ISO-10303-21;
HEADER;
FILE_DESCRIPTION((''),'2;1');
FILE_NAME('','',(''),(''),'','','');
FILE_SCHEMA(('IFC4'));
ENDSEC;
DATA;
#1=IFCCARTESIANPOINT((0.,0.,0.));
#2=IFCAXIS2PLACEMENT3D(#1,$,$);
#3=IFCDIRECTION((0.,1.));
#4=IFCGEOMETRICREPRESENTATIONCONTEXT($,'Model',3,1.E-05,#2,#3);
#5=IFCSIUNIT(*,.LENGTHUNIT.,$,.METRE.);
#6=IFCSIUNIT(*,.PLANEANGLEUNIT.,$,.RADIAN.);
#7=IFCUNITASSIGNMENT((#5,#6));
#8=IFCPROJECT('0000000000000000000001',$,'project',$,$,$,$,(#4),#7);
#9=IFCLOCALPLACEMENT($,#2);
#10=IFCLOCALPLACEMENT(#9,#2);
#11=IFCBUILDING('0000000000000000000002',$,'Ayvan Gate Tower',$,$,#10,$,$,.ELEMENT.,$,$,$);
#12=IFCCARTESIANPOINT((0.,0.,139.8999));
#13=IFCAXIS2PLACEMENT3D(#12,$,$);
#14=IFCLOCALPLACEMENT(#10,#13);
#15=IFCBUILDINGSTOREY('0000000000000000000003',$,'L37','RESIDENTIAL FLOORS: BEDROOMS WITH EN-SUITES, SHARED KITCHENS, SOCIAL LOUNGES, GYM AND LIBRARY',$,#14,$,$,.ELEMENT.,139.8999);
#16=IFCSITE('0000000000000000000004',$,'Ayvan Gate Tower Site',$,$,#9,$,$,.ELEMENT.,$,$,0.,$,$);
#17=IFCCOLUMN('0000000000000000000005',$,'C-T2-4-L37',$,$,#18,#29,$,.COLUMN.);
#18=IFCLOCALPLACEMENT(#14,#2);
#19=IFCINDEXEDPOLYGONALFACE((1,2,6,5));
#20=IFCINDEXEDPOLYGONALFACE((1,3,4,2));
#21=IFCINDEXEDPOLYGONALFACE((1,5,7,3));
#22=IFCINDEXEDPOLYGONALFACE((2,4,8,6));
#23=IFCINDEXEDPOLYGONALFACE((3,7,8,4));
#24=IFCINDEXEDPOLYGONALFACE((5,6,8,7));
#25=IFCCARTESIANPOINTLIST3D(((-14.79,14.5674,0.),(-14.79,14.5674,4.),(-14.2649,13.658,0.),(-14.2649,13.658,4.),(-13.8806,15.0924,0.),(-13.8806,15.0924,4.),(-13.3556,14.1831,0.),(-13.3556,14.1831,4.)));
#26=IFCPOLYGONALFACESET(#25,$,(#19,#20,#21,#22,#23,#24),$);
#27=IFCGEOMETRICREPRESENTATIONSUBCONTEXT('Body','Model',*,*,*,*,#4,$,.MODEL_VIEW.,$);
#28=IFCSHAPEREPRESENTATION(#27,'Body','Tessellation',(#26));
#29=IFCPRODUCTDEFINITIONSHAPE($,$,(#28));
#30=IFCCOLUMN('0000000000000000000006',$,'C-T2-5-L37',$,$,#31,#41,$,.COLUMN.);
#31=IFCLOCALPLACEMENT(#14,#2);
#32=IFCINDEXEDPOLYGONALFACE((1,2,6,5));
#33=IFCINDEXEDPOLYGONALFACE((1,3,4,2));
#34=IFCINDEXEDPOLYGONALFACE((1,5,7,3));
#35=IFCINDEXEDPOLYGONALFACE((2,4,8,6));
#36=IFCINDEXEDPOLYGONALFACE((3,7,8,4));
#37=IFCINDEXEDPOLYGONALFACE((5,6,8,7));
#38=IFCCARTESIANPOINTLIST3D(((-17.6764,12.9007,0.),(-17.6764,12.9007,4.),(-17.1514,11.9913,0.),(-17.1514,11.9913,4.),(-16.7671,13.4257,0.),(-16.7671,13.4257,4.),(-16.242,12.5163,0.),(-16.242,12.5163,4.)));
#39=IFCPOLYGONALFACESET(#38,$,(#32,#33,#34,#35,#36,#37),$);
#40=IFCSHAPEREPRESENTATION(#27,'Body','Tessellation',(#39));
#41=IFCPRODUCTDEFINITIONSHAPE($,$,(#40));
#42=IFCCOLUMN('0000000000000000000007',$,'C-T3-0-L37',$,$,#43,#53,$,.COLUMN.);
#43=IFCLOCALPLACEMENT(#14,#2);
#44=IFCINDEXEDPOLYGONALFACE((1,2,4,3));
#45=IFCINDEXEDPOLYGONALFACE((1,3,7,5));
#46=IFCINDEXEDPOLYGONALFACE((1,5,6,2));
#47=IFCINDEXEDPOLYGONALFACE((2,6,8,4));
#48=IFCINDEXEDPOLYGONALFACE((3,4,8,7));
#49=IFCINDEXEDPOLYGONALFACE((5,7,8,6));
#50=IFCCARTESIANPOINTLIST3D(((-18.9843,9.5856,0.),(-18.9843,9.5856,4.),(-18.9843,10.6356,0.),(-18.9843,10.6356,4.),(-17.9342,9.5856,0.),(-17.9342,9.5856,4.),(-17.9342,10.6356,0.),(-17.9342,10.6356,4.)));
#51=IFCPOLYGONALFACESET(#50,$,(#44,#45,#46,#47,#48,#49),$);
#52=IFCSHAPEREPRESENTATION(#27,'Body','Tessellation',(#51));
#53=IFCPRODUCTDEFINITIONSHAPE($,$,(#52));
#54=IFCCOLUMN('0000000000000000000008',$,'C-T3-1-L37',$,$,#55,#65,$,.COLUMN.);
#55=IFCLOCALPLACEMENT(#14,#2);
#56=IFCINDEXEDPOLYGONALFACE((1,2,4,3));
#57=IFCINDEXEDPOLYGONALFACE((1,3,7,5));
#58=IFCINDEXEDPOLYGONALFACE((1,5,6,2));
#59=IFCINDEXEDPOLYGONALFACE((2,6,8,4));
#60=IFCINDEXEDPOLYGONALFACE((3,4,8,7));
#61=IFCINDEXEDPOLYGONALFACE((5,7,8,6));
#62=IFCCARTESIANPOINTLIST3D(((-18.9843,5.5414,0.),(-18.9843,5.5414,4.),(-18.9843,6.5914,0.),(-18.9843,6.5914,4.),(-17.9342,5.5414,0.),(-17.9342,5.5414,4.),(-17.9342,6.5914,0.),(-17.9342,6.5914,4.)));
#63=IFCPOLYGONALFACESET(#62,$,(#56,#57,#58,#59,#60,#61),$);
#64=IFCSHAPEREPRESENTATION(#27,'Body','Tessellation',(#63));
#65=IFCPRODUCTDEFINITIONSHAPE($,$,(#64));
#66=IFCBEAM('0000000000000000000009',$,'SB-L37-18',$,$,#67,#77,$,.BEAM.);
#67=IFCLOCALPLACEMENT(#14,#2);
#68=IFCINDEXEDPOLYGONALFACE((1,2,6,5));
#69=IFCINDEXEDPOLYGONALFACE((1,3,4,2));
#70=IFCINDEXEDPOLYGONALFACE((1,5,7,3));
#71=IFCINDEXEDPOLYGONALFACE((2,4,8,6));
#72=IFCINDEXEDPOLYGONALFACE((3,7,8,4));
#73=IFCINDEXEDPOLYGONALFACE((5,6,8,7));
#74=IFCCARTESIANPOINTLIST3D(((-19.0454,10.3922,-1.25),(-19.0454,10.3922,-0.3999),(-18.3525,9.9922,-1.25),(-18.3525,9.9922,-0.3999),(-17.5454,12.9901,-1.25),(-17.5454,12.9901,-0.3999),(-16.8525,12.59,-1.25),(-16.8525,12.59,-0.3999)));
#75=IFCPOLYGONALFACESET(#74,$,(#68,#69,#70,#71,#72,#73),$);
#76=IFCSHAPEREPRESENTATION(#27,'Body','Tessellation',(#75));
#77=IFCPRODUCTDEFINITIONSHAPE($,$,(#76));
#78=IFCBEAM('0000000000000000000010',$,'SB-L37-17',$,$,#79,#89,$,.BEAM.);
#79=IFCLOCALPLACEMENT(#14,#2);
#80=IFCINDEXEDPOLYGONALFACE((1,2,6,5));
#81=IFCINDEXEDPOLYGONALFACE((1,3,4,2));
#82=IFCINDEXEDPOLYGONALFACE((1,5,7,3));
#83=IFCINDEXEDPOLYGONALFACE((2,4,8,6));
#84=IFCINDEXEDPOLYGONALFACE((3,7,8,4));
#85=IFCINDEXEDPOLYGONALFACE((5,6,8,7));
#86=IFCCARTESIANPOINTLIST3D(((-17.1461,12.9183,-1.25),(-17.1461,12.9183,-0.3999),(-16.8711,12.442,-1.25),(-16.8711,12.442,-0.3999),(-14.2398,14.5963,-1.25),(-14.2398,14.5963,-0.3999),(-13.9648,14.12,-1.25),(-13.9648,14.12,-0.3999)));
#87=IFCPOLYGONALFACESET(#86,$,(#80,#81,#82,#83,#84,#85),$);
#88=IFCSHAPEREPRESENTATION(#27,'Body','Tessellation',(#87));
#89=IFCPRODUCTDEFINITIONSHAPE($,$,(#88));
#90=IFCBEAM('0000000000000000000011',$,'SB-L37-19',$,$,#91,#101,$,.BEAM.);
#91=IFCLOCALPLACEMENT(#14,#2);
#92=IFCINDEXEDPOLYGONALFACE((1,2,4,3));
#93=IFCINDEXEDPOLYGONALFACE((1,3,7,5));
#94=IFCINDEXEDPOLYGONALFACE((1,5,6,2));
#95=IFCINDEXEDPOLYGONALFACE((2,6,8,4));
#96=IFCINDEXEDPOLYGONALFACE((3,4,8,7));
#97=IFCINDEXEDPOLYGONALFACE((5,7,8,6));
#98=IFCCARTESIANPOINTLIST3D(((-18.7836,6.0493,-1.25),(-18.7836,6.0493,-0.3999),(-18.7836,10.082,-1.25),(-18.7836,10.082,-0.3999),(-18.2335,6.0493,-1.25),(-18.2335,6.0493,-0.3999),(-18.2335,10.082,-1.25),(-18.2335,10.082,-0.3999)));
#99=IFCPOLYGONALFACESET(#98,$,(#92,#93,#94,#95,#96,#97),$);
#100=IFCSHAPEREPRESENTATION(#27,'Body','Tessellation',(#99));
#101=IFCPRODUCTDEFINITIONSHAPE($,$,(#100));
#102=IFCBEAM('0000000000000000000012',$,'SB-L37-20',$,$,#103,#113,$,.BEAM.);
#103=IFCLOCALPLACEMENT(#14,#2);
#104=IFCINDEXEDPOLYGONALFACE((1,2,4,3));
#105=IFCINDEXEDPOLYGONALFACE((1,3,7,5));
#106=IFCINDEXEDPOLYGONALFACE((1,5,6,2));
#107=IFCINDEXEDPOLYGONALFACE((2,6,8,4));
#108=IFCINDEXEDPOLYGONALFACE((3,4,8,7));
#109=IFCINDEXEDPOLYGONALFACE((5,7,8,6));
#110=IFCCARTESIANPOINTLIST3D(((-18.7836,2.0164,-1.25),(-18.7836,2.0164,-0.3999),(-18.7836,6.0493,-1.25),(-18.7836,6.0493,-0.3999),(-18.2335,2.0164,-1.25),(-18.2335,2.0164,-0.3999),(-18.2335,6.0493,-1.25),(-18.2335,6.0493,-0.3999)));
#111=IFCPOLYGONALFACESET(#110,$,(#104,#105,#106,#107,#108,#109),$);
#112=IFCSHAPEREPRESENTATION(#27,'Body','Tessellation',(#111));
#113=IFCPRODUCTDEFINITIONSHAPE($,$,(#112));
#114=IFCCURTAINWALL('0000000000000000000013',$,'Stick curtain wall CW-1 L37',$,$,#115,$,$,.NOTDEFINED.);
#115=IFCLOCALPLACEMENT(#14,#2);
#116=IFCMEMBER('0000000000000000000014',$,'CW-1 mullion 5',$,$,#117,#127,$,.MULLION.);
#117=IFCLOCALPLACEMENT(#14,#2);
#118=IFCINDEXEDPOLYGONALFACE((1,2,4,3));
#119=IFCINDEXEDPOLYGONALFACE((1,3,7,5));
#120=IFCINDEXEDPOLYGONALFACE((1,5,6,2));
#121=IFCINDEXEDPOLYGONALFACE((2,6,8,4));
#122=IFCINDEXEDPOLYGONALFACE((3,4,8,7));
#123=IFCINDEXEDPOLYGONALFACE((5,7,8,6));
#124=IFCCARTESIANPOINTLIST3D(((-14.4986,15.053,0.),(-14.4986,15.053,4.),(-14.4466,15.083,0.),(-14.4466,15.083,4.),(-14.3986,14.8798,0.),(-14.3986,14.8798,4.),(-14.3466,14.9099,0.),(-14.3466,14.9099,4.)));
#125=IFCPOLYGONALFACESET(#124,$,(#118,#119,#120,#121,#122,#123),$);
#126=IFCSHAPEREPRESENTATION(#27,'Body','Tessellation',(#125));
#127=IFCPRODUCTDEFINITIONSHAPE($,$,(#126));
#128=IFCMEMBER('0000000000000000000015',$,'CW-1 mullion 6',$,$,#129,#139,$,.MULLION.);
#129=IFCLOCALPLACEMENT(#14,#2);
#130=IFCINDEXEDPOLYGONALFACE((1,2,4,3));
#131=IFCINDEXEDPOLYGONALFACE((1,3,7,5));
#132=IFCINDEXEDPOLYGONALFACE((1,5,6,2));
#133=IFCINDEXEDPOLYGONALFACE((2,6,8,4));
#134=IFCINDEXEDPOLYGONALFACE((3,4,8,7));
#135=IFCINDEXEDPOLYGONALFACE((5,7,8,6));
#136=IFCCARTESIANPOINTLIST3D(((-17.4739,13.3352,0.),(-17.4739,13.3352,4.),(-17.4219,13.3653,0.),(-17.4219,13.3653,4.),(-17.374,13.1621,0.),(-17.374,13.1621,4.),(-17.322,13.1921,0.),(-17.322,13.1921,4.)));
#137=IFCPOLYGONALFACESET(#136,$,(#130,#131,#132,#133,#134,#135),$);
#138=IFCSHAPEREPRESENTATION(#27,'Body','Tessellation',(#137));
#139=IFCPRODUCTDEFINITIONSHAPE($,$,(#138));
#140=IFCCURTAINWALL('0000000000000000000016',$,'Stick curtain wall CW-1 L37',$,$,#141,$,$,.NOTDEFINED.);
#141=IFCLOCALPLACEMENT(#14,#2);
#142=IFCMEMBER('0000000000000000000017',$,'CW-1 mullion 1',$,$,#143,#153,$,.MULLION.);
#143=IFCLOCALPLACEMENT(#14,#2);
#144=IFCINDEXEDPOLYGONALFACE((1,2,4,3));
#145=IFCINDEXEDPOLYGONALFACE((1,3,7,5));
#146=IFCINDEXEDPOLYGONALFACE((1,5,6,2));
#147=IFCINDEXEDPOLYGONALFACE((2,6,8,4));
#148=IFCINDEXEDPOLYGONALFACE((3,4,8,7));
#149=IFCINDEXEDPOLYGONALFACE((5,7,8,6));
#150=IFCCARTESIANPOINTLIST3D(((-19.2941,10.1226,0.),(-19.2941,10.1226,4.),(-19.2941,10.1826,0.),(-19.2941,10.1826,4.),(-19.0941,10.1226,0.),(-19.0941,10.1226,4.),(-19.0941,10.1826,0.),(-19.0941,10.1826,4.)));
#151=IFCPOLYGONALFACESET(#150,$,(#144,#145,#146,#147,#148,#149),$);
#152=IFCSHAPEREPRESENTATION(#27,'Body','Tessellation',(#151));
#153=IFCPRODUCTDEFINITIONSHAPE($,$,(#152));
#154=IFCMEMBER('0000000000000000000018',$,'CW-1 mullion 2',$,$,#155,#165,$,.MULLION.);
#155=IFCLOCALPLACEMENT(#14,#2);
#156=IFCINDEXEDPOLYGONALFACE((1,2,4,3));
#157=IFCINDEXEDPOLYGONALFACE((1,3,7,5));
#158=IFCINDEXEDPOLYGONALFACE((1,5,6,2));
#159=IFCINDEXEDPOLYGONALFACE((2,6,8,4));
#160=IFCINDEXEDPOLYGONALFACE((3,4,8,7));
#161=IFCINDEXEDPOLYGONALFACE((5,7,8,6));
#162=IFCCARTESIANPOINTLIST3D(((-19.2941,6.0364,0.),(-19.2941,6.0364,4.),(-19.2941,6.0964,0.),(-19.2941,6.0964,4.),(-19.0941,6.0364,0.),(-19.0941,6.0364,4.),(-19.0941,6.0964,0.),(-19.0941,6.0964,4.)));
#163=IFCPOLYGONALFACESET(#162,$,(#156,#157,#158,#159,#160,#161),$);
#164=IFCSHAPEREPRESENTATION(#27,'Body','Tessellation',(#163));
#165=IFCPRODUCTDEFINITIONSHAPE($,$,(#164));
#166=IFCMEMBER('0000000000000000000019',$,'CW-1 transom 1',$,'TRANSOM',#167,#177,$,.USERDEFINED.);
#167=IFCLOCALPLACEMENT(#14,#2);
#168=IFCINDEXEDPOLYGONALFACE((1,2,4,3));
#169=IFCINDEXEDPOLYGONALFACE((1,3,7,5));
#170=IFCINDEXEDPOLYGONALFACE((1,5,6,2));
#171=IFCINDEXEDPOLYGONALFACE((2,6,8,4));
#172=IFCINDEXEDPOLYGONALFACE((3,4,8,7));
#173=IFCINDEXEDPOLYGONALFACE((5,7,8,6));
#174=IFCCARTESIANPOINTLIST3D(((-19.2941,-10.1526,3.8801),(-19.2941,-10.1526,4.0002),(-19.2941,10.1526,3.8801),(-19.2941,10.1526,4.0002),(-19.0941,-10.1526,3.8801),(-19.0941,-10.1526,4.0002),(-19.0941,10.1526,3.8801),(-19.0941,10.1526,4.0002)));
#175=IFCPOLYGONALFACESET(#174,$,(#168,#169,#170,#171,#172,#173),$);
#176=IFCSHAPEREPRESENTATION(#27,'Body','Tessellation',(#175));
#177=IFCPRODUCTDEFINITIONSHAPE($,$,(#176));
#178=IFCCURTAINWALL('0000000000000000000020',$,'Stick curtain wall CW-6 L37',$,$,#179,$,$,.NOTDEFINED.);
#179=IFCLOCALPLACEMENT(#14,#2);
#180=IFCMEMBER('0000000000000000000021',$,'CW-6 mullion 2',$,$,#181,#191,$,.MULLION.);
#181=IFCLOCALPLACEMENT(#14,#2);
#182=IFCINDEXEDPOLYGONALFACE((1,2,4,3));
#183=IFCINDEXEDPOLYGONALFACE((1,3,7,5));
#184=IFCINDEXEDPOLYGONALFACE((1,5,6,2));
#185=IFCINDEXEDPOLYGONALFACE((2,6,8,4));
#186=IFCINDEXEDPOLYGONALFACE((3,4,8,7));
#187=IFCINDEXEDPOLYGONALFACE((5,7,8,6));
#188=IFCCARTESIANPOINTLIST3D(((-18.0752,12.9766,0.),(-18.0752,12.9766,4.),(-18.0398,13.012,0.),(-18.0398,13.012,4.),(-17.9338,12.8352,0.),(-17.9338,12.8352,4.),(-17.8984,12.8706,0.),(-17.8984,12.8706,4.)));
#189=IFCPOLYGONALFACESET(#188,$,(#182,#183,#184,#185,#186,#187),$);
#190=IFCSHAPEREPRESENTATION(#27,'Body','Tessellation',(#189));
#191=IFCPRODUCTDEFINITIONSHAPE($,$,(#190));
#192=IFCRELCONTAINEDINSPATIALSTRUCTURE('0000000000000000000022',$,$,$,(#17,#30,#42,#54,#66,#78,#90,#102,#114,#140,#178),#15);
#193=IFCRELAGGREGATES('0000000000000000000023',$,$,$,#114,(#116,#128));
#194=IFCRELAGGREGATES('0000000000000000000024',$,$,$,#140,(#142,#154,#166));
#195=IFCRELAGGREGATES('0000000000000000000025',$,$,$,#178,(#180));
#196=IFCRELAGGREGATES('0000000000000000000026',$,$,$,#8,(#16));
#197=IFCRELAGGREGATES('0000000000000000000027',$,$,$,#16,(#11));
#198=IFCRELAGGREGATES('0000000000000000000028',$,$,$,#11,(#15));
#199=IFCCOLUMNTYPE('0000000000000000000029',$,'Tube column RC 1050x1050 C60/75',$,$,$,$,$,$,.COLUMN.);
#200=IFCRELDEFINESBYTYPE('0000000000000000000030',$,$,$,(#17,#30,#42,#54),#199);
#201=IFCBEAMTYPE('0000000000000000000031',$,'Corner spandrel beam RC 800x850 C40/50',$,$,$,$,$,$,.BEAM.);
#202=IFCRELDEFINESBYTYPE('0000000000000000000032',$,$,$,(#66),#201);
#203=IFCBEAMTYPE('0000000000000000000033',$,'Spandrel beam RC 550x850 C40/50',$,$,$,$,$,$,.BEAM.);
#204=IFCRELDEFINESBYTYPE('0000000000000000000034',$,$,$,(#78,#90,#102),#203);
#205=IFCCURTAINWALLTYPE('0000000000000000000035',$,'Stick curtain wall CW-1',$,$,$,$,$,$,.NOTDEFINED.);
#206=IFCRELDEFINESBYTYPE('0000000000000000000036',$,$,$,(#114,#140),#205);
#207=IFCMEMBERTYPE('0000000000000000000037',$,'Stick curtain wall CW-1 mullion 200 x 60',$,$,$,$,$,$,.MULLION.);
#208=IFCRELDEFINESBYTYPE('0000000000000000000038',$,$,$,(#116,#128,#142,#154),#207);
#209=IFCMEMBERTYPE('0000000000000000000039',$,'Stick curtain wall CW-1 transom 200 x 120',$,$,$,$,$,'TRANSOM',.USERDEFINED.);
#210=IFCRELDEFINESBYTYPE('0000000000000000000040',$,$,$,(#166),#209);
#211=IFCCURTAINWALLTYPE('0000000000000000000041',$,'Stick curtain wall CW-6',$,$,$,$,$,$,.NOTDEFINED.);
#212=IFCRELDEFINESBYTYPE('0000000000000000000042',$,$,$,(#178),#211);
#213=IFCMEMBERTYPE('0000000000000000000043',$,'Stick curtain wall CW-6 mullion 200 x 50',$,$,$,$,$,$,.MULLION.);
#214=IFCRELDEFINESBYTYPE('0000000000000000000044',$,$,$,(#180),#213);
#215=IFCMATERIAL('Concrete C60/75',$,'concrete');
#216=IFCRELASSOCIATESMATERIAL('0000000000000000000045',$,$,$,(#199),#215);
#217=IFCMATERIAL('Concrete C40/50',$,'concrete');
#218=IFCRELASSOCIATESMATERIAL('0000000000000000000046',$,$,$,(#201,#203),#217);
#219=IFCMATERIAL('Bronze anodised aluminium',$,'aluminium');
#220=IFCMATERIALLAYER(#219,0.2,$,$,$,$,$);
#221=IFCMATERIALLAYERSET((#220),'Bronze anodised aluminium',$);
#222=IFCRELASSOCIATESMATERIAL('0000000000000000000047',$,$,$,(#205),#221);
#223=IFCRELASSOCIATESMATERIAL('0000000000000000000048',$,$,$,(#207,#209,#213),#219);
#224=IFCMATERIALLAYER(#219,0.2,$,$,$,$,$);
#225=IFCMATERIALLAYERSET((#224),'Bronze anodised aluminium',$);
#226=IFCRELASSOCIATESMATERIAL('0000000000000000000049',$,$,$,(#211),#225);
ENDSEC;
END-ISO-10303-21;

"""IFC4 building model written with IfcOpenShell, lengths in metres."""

from ifc_helpers import new_model, si_unit, direction, frame, origin, origin_2d, place, context, subcontext, project, spatial, rectangle, extrude, material, layer, layer_set, material_profile, profile_set, type_object, element, aggregate, save


model = new_model("IFC4")

# Units and contexts
model_context = context("Model", 3, precision=1e-05, world=origin(), true_north=direction((0.0, 1.0)))
body_context = subcontext(model_context, "Body", "Model", "MODEL_VIEW")
ifc_project = project(units=[si_unit("LENGTHUNIT", "METRE"), si_unit("PLANEANGLEUNIT", "RADIAN")], contexts=[model_context])

# Site, building, storey
site_placement = place(None, origin())
site = spatial("IfcSite", under=ifc_project, at=site_placement, Name="Ayvan Gate Tower Site", CompositionType="ELEMENT", RefElevation=0.0)
building_placement = place(site_placement, origin())
building = spatial("IfcBuilding", under=site, at=building_placement, Name="Ayvan Gate Tower", CompositionType="ELEMENT")
storey_placement = place(building_placement, frame((0.0, 0.0, 139.8999)))
storey = spatial("IfcBuildingStorey", under=building, at=storey_placement, Name="L37", Description="RESIDENTIAL FLOORS: BEDROOMS WITH EN-SUITES, SHARED KITCHENS, SOCIAL LOUNGES, GYM AND LIBRARY", CompositionType="ELEMENT", Elevation=139.8999)

# Columns
ifc_material_1 = material(Name="Concrete C60/75", Category="concrete")
ifc_material_profile_1 = material_profile(ifc_material_1, rectangle(XDim=1.05, YDim=1.05, at=origin_2d()), Name="RC 1050x1050")
ifc_profile_set_1 = profile_set([ifc_material_profile_1], Name="Concrete C60/75")
column_type = type_object("IfcColumnType", Name="Tube column RC 1050x1050 C60/75", PredefinedType="COLUMN", material=ifc_profile_set_1)
for number, where, z_axis, x_axis, name in (
    (1, (-14.0728, 14.3752, 0.0), (0.0, 0.0, 1.0), (-0.5, 0.866025, 0.0), "C-T2-4-L37"),
    (2, (-16.9592, 12.7085, 0.0), (0.0, 0.0, 1.0), (-0.5, 0.866025, 0.0), "C-T2-5-L37"),
    (3, (-18.4592, 10.1106, 0.0), (0.0, 0.0, 1.0), (-1.0, 0.0, 0.0), "C-T3-0-L37"),
    (4, (-18.4592, 6.0664, 0.0), (0.0, 0.0, 1.0), (-1.0, 0.0, 0.0), "C-T3-1-L37"),
):
    element("IfcColumn", number, at=place(storey_placement, frame(where, z_axis=z_axis, x_axis=x_axis)), inside=storey, type_object=column_type, Name=name, PredefinedType="COLUMN", context=body_context, shape_type="SweptSolid", body=[
        extrude(rectangle(XDim=1.05, YDim=1.05, at=origin_2d()), origin(), (0.0, 0.0, 1.0), 4.0),
    ])

# Beams
ifc_material_2 = material(Name="Concrete C40/50", Category="concrete")
ifc_material_profile_2 = material_profile(ifc_material_2, rectangle(XDim=0.8, YDim=0.8501, at=origin_2d()), Name="RC 800x850")
ifc_profile_set_2 = profile_set([ifc_material_profile_2], Name="Concrete C40/50")
beam_type_1 = type_object("IfcBeamType", Name="Corner spandrel beam RC 800x850 C40/50", PredefinedType="BEAM", material=ifc_profile_set_2)
beam_1_placement = place(storey_placement, frame((-17.199, 12.79, -0.825), z_axis=(-0.500025, -0.866011, 0.0), x_axis=(0.866011, -0.500025, 0.0)))
element("IfcBeam", 5, at=beam_1_placement, inside=storey, type_object=beam_type_1, Name="SB-L37-18", PredefinedType="BEAM", context=body_context, shape_type="SweptSolid", body=[
    extrude(rectangle(XDim=0.8, YDim=0.8501, at=origin_2d()), origin(), (0.0, 0.0, 1.0), 2.9998),
])
ifc_material_profile_3 = material_profile(ifc_material_2, rectangle(XDim=0.55, YDim=0.8501, at=origin_2d()), Name="RC 550x850")
ifc_profile_set_3 = profile_set([ifc_material_profile_3], Name="Concrete C40/50")
beam_type_2 = type_object("IfcBeamType", Name="Spandrel beam RC 550x850 C40/50", PredefinedType="BEAM", material=ifc_profile_set_3)
beam_2_placement = place(storey_placement, frame((-14.1023, 14.3582, -0.825), z_axis=(-0.866018, -0.500012, 0.0), x_axis=(0.500012, -0.866018, 0.0)))
element("IfcBeam", 6, at=beam_2_placement, inside=storey, type_object=beam_type_2, Name="SB-L37-17", PredefinedType="BEAM", context=body_context, shape_type="SweptSolid", body=[
    extrude(rectangle(XDim=0.55, YDim=0.8501, at=origin_2d()), origin(), (0.0, 0.0, 1.0), 3.356),
])
beam_3_placement = place(storey_placement, frame((-18.5085, 10.082, -0.825), z_axis=(0.0, -1.0, 0.0), x_axis=(1.0, 0.0, 0.0)))
element("IfcBeam", 7, at=beam_3_placement, inside=storey, type_object=beam_type_2, Name="SB-L37-19", PredefinedType="BEAM", context=body_context, shape_type="SweptSolid", body=[
    extrude(rectangle(XDim=0.55, YDim=0.8501, at=origin_2d()), origin(), (0.0, 0.0, 1.0), 4.0327),
])
beam_4_placement = place(storey_placement, frame((-18.5085, 6.0493, -0.825), z_axis=(0.0, -1.0, 0.0), x_axis=(1.0, 0.0, 0.0)))
element("IfcBeam", 8, at=beam_4_placement, inside=storey, type_object=beam_type_2, Name="SB-L37-20", PredefinedType="BEAM", context=body_context, shape_type="SweptSolid", body=[
    extrude(rectangle(XDim=0.55, YDim=0.8501, at=origin_2d()), origin(), (0.0, 0.0, 1.0), 4.033),
])

# Curtain walls, members
ifc_material_3 = material(Name="Bronze anodised aluminium", Category="aluminium")
ifc_layer_1 = layer(ifc_material_3, 0.2)
ifc_layer_set_1 = layer_set([ifc_layer_1], Name="Bronze anodised aluminium")
curtain_wall_type_1 = type_object("IfcCurtainWallType", Name="Stick curtain wall CW-1", PredefinedType="NOTDEFINED", material=ifc_layer_set_1)
curtain_wall_1_placement = place(storey_placement, origin())
curtain_wall_1 = element("IfcCurtainWall", 9, at=curtain_wall_1_placement, inside=storey, type_object=curtain_wall_type_1, Name="Stick curtain wall CW-1 L37", PredefinedType="NOTDEFINED")
ifc_material_profile_4 = material_profile(ifc_material_3, rectangle(XDim=0.2, YDim=0.0601, at=origin_2d()), Name="Stick curtain wall CW-1 mullion 200 x 60")
ifc_profile_set_4 = profile_set([ifc_material_profile_4], Name="Bronze anodised aluminium")
member_type_1 = type_object("IfcMemberType", Name="Stick curtain wall CW-1 mullion 200 x 60", PredefinedType="MULLION", material=ifc_profile_set_4)
member_1_placement = place(storey_placement, frame((-14.4226, 14.9814, 0.0), z_axis=(0.0, 0.0, 1.0), x_axis=(-0.5, 0.866025, 0.0)))
member_1 = element("IfcMember", 10, at=member_1_placement, type_object=member_type_1, Name="CW-1 mullion 5", PredefinedType="MULLION", context=body_context, shape_type="SweptSolid", body=[
    extrude(rectangle(XDim=0.2, YDim=0.0601, at=origin_2d()), origin(), (0.0, 0.0, 1.0), 4.0),
])
member_2_placement = place(storey_placement, frame((-17.3979, 13.2637, 0.0), z_axis=(0.0, 0.0, 1.0), x_axis=(-0.5, 0.866025, 0.0)))
member_2 = element("IfcMember", 11, at=member_2_placement, type_object=member_type_1, Name="CW-1 mullion 6", PredefinedType="MULLION", context=body_context, shape_type="SweptSolid", body=[
    extrude(rectangle(XDim=0.2, YDim=0.0601, at=origin_2d()), origin(), (0.0, 0.0, 1.0), 4.0),
])
curtain_wall_2_placement = place(storey_placement, origin())
curtain_wall_2 = element("IfcCurtainWall", 12, at=curtain_wall_2_placement, inside=storey, type_object=curtain_wall_type_1, Name="Stick curtain wall CW-1 L37", PredefinedType="NOTDEFINED")
member_3_placement = place(storey_placement, frame((-19.1941, 10.1526, 0.0), z_axis=(0.0, 0.0, 1.0), x_axis=(-1.0, 0.0, 0.0)))
member_3 = element("IfcMember", 13, at=member_3_placement, type_object=member_type_1, Name="CW-1 mullion 1", PredefinedType="MULLION", context=body_context, shape_type="SweptSolid", body=[
    extrude(rectangle(XDim=0.2, YDim=0.0601, at=origin_2d()), origin(), (0.0, 0.0, 1.0), 4.0),
])
member_4_placement = place(storey_placement, frame((-19.1941, 6.0664, 0.0), z_axis=(0.0, 0.0, 1.0), x_axis=(-1.0, 0.0, 0.0)))
member_4 = element("IfcMember", 14, at=member_4_placement, type_object=member_type_1, Name="CW-1 mullion 2", PredefinedType="MULLION", context=body_context, shape_type="SweptSolid", body=[
    extrude(rectangle(XDim=0.2, YDim=0.0601, at=origin_2d()), origin(), (0.0, 0.0, 1.0), 4.0),
])
ifc_material_profile_5 = material_profile(ifc_material_3, rectangle(XDim=0.2, YDim=0.1201, at=origin_2d()), Name="Stick curtain wall CW-1 transom 200 x 120")
ifc_profile_set_5 = profile_set([ifc_material_profile_5], Name="Bronze anodised aluminium")
member_type_2 = type_object("IfcMemberType", Name="Stick curtain wall CW-1 transom 200 x 120", ElementType="TRANSOM", PredefinedType="USERDEFINED", material=ifc_profile_set_5)
member_5_placement = place(storey_placement, frame((-19.1941, 10.1526, 3.9402), z_axis=(0.0, -1.0, 0.0), x_axis=(1.0, 0.0, 0.0)))
member_5 = element("IfcMember", 15, at=member_5_placement, type_object=member_type_2, Name="CW-1 transom 1", ObjectType="TRANSOM", PredefinedType="USERDEFINED", context=body_context, shape_type="SweptSolid", body=[
    extrude(rectangle(XDim=0.2, YDim=0.1201, at=origin_2d()), origin(), (0.0, 0.0, 1.0), 20.3052),
])
ifc_layer_2 = layer(ifc_material_3, 0.2)
ifc_layer_set_2 = layer_set([ifc_layer_2], Name="Bronze anodised aluminium")
curtain_wall_type_2 = type_object("IfcCurtainWallType", Name="Stick curtain wall CW-6", PredefinedType="NOTDEFINED", material=ifc_layer_set_2)
curtain_wall_3_placement = place(storey_placement, origin())
curtain_wall_3 = element("IfcCurtainWall", 16, at=curtain_wall_3_placement, inside=storey, type_object=curtain_wall_type_2, Name="Stick curtain wall CW-6 L37", PredefinedType="NOTDEFINED")
ifc_material_profile_6 = material_profile(ifc_material_3, rectangle(XDim=0.2, YDim=0.05, at=origin_2d()), Name="Stick curtain wall CW-6 mullion 200 x 50")
ifc_profile_set_6 = profile_set([ifc_material_profile_6], Name="Bronze anodised aluminium")
member_type_3 = type_object("IfcMemberType", Name="Stick curtain wall CW-6 mullion 200 x 50", PredefinedType="MULLION", material=ifc_profile_set_6)
member_6_placement = place(storey_placement, frame((-17.9868, 12.9236, 0.0), z_axis=(0.0, 0.0, 1.0), x_axis=(-0.707107, 0.707107, 0.0)))
member_6 = element("IfcMember", 17, at=member_6_placement, type_object=member_type_3, Name="CW-6 mullion 2", PredefinedType="MULLION", context=body_context, shape_type="SweptSolid", body=[
    extrude(rectangle(XDim=0.2, YDim=0.05, at=origin_2d()), origin(), (0.0, 0.0, 1.0), 4.0),
])

aggregate(curtain_wall_1, [member_1, member_2])
aggregate(curtain_wall_2, [member_3, member_4, member_5])
aggregate(curtain_wall_3, [member_6])

save(model, "model.ifc")
